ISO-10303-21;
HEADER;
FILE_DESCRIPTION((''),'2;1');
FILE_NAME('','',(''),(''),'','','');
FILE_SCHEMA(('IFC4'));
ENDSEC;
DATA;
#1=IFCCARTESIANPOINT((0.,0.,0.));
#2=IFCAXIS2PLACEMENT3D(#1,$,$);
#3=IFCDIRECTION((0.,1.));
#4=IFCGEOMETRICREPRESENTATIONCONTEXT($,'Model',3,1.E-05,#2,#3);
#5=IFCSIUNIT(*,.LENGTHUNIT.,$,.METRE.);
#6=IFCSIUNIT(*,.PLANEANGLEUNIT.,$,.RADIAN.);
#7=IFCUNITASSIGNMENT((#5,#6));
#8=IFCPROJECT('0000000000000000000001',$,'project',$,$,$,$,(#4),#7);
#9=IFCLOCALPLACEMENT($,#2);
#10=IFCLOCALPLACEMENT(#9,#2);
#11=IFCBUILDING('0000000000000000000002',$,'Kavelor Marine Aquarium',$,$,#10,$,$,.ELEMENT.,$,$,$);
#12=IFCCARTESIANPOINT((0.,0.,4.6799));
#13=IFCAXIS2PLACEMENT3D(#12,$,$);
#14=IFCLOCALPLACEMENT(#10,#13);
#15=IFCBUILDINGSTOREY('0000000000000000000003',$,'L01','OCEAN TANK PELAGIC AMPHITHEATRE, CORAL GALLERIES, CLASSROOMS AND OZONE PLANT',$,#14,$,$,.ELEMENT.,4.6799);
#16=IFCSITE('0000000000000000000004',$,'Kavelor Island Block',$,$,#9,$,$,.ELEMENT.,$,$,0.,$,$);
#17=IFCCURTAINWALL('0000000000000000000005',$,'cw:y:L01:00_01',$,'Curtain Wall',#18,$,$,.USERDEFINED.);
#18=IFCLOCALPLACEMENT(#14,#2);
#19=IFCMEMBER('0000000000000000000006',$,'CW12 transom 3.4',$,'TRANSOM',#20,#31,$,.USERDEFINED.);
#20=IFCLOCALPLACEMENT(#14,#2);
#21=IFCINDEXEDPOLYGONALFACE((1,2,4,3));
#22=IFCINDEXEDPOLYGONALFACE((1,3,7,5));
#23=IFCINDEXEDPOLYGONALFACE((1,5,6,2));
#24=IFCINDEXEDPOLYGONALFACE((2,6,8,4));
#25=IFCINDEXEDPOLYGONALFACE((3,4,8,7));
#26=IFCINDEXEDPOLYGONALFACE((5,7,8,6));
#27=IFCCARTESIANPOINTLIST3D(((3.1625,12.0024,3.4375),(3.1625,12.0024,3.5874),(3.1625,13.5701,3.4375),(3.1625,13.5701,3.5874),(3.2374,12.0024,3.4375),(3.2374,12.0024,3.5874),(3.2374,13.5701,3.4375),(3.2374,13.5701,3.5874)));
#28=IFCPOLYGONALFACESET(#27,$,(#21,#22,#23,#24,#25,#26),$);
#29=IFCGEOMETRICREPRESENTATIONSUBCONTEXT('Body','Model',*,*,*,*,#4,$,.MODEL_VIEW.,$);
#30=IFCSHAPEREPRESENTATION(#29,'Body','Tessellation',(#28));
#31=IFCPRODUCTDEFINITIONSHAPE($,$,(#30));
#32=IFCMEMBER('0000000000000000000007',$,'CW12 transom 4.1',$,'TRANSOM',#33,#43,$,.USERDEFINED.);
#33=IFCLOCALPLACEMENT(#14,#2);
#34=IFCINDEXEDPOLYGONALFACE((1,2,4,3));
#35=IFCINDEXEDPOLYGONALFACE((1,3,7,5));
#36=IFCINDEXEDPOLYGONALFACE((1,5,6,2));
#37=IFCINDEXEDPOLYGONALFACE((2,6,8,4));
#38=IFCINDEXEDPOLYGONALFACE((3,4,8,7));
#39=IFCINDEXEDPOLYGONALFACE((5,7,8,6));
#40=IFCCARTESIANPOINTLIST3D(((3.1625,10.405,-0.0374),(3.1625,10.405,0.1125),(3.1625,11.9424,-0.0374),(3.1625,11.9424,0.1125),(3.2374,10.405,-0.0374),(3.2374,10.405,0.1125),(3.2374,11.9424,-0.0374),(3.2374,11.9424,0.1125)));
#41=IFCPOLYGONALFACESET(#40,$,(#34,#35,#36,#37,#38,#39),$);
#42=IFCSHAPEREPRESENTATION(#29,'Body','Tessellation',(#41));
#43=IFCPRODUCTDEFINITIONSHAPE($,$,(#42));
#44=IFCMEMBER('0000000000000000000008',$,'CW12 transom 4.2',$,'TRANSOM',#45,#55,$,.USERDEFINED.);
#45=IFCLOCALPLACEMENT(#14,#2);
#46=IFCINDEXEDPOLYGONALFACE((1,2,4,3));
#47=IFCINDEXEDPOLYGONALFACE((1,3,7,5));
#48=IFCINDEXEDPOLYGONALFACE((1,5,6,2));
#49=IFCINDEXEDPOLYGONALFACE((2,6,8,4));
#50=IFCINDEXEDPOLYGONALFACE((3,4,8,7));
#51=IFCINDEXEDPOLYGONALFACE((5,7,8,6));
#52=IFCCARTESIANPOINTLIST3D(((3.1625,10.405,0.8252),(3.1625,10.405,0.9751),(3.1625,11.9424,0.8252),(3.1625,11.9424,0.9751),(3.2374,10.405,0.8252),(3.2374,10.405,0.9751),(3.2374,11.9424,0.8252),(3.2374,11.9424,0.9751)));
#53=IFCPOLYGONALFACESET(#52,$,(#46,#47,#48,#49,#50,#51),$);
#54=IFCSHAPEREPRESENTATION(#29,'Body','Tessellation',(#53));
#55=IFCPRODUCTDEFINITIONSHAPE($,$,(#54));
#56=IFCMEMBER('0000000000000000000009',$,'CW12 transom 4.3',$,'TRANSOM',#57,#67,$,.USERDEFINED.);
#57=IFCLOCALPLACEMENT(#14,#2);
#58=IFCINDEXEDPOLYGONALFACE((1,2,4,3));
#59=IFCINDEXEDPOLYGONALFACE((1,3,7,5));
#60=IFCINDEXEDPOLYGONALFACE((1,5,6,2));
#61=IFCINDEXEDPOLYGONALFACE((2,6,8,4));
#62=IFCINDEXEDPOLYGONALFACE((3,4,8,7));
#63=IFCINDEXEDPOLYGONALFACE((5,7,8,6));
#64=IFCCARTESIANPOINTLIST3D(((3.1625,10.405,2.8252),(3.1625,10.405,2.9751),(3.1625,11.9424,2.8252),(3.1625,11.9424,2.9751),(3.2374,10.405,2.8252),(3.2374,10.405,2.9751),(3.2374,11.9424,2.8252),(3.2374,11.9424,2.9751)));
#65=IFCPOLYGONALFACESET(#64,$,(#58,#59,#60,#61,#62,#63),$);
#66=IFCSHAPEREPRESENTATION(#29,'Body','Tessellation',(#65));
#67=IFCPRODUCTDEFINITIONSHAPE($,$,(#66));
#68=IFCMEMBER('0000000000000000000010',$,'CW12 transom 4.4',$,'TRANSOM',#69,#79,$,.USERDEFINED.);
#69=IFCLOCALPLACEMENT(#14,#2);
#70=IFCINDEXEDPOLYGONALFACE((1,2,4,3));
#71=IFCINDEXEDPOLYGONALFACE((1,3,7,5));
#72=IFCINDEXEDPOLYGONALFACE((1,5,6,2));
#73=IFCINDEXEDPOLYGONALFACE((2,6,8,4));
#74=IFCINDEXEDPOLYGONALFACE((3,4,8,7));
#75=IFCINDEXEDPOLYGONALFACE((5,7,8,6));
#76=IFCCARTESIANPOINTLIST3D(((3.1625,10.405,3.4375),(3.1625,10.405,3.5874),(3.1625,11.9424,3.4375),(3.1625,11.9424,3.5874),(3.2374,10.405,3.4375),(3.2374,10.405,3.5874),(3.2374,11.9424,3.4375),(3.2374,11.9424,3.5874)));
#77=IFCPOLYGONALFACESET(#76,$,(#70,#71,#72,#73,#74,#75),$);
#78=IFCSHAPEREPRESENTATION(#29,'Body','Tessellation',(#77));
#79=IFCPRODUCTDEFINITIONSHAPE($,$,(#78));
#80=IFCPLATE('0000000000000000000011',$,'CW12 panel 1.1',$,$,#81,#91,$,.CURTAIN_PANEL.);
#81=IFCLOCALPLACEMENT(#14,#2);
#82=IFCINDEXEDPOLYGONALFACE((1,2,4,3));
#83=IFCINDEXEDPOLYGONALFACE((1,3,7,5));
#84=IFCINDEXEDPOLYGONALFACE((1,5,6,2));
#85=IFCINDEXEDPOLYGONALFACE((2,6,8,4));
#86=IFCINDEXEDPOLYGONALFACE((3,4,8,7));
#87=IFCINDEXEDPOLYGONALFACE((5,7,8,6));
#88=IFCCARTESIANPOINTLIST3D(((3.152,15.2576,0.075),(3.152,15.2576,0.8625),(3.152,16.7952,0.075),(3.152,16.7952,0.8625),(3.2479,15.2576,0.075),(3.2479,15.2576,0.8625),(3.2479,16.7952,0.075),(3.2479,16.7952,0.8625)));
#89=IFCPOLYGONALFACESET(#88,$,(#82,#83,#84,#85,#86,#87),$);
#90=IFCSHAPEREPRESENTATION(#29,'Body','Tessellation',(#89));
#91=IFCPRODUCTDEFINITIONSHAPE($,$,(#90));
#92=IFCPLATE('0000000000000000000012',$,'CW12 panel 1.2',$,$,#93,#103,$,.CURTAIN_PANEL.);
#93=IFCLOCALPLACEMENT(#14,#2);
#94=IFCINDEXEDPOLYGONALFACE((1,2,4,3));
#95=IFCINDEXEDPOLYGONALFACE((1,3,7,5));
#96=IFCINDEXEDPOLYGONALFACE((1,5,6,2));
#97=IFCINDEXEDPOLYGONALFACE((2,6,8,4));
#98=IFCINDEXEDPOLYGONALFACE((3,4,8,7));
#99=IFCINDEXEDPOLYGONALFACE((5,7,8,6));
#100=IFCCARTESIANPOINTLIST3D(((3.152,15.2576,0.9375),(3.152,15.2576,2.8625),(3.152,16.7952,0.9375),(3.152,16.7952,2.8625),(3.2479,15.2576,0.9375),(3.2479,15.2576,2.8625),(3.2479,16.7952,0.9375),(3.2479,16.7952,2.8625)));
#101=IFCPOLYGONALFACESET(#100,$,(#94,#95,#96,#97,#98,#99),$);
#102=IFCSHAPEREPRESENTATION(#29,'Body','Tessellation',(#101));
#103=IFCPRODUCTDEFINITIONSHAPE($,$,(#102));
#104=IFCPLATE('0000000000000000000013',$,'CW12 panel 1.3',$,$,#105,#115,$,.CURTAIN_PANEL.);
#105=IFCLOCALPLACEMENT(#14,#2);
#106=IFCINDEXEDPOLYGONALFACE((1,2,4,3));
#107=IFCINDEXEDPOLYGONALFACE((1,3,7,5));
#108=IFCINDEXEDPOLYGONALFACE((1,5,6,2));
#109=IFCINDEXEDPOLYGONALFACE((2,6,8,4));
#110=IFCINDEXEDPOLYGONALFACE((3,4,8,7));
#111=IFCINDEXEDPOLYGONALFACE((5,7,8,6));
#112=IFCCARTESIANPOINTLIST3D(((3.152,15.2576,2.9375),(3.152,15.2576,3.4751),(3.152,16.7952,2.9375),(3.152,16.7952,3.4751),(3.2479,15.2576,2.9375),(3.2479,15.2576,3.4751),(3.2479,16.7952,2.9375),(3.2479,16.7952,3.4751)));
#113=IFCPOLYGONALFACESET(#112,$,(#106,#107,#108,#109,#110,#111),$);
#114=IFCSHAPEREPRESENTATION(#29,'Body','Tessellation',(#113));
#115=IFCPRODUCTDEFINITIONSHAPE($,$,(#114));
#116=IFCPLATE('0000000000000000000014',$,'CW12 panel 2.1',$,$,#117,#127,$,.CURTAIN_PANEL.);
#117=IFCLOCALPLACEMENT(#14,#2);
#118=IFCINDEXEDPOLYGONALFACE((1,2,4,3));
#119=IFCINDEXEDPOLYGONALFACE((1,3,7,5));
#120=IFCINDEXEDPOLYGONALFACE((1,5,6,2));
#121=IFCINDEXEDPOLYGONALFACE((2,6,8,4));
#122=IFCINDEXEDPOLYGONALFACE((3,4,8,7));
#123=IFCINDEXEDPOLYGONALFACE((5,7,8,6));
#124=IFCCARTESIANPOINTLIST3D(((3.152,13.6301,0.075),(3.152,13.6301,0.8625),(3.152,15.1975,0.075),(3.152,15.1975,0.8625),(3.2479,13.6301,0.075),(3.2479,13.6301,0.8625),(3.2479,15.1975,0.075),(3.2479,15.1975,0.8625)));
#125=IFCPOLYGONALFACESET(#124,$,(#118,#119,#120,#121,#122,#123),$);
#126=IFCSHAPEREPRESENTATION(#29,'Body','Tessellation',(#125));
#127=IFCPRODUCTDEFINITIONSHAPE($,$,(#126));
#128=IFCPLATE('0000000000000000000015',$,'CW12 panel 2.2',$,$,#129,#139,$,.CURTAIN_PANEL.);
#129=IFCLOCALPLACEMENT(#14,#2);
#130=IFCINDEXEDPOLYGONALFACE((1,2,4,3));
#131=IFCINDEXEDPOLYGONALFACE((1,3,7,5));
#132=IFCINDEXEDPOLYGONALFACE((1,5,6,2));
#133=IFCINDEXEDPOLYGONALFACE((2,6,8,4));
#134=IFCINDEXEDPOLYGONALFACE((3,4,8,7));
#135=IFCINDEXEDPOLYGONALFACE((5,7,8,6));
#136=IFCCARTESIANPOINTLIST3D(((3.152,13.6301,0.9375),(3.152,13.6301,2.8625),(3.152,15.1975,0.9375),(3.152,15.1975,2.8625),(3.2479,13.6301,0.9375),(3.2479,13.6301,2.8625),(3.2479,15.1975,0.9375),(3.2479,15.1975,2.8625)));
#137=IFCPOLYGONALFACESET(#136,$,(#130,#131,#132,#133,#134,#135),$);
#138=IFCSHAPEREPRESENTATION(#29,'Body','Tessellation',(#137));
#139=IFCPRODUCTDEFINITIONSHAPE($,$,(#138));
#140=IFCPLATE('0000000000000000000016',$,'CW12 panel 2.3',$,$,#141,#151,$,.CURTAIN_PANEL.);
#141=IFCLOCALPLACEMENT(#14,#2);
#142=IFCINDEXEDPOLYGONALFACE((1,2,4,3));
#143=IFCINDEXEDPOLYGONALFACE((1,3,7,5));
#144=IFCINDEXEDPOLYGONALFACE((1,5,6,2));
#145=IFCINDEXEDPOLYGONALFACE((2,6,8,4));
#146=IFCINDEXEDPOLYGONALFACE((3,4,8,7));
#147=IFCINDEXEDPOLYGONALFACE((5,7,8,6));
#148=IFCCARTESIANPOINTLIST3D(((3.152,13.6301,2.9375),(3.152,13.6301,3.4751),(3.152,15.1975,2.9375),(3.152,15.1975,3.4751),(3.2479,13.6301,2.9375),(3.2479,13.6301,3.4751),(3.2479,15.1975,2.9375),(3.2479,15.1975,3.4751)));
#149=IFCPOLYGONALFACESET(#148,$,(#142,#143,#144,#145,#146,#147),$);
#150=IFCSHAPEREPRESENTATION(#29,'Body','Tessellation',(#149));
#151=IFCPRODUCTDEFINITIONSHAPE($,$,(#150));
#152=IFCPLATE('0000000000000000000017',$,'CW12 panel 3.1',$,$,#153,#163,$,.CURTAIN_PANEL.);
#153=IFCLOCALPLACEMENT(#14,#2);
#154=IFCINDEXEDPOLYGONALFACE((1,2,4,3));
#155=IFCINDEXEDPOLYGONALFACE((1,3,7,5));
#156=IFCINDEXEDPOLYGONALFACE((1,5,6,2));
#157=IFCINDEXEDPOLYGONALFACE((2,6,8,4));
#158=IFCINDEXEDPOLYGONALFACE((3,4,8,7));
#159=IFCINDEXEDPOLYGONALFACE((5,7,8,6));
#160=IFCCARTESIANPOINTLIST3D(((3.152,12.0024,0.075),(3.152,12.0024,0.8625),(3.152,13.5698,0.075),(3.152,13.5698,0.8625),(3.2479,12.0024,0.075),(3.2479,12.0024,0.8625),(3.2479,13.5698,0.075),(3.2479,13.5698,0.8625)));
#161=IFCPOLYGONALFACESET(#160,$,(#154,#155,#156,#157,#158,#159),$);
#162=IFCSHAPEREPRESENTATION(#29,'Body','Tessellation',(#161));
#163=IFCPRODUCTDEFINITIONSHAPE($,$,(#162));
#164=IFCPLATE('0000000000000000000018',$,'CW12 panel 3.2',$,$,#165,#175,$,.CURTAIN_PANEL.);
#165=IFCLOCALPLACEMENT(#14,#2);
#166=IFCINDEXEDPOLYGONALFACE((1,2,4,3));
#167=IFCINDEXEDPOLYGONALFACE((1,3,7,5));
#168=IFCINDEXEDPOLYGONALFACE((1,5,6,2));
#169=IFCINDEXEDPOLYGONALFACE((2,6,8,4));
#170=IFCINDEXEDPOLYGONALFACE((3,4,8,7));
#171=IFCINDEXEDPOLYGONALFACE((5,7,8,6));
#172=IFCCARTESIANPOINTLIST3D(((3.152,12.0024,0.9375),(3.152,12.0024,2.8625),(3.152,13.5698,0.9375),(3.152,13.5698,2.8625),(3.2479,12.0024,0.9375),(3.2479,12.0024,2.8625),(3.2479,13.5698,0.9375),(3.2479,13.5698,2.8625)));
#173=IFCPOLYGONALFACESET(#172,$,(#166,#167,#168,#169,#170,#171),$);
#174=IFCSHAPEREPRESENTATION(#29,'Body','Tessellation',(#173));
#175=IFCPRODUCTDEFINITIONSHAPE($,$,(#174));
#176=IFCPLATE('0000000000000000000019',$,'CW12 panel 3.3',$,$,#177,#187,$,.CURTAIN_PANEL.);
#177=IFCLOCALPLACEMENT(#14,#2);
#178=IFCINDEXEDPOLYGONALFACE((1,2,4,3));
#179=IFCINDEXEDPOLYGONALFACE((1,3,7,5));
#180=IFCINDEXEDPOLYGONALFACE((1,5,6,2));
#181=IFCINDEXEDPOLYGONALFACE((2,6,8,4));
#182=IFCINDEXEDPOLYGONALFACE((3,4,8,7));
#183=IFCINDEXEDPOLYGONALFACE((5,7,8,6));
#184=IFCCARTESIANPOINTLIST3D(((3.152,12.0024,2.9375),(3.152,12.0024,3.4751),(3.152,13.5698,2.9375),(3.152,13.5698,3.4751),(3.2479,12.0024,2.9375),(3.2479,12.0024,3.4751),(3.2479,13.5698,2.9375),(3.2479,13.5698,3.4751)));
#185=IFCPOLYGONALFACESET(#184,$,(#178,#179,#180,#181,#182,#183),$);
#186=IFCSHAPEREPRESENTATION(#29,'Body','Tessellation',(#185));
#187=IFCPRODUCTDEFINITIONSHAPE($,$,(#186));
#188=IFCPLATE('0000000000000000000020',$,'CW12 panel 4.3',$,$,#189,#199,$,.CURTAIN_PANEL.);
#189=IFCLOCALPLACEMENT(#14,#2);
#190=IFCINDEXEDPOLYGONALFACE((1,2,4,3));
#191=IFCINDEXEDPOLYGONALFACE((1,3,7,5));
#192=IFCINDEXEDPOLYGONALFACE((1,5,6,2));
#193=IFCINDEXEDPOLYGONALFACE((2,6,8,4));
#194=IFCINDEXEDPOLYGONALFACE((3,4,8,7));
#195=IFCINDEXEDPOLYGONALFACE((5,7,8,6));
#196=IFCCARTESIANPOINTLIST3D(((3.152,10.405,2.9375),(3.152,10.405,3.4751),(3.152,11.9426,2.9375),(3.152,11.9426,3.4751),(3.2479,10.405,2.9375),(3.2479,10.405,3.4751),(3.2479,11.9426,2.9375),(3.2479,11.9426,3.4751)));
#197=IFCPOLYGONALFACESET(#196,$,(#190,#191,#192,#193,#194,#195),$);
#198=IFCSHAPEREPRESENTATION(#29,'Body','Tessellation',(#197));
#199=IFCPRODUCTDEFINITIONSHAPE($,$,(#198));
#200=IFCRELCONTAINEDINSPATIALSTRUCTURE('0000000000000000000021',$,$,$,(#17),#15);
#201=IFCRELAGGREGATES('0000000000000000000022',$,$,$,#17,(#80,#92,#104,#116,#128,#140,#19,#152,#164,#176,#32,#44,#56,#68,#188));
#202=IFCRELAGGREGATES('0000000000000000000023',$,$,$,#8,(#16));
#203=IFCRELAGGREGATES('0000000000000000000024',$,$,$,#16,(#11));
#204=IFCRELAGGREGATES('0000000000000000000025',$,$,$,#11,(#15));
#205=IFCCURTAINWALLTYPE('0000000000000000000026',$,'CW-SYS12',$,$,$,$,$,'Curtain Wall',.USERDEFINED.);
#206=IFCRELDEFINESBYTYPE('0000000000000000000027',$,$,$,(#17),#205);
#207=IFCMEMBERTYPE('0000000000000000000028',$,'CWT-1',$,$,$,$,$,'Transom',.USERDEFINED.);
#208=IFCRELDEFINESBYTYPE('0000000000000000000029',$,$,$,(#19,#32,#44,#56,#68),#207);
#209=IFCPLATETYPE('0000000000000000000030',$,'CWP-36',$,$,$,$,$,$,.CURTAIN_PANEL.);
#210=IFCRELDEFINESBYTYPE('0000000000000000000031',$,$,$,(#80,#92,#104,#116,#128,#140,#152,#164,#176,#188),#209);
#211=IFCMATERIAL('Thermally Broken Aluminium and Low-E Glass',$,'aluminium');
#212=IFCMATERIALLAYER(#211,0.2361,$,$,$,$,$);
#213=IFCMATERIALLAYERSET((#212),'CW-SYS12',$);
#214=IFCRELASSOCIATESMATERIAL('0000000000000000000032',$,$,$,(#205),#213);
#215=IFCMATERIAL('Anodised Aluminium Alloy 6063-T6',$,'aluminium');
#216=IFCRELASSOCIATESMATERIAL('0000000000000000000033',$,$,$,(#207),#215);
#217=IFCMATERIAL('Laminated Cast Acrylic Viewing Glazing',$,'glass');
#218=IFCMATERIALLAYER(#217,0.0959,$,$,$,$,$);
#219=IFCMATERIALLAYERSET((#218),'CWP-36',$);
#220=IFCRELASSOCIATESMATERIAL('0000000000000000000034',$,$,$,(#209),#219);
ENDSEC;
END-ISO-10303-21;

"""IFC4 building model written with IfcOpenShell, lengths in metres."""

from ifc_helpers import new_model, si_unit, direction, frame, origin, origin_2d, place, context, subcontext, project, spatial, rectangle, extrude, material, layer, layer_set, material_profile, profile_set, type_object, element, aggregate, save


model = new_model("IFC4")

# Units and contexts
model_context = context("Model", 3, precision=1e-05, world=origin(), true_north=direction((0.0, 1.0)))
body_context = subcontext(model_context, "Body", "Model", "MODEL_VIEW")
ifc_project = project(units=[si_unit("LENGTHUNIT", "METRE"), si_unit("PLANEANGLEUNIT", "RADIAN")], contexts=[model_context])

# Site, building, storey
site_placement = place(None, origin())
site = spatial("IfcSite", under=ifc_project, at=site_placement, Name="Kavelor Island Block", CompositionType="ELEMENT", RefElevation=0.0)
building_placement = place(site_placement, origin())
building = spatial("IfcBuilding", under=site, at=building_placement, Name="Kavelor Marine Aquarium", CompositionType="ELEMENT")
storey_placement = place(building_placement, frame((0.0, 0.0, 4.6799)))
storey = spatial("IfcBuildingStorey", under=building, at=storey_placement, Name="L01", Description="OCEAN TANK PELAGIC AMPHITHEATRE, CORAL GALLERIES, CLASSROOMS AND OZONE PLANT", CompositionType="ELEMENT", Elevation=4.6799)

# Curtain wall, members, plates
ifc_material_1 = material(Name="Thermally Broken Aluminium and Low-E Glass", Category="aluminium")
ifc_layer_1 = layer(ifc_material_1, 0.2361)
ifc_layer_set_1 = layer_set([ifc_layer_1], Name="CW-SYS12")
curtain_wall_type = type_object("IfcCurtainWallType", Name="CW-SYS12", ElementType="Curtain Wall", PredefinedType="USERDEFINED", material=ifc_layer_set_1)
curtain_wall_placement = place(storey_placement, origin())
curtain_wall = element("IfcCurtainWall", 1, at=curtain_wall_placement, inside=storey, type_object=curtain_wall_type, Name="cw:y:L01:00_01", ObjectType="Curtain Wall", PredefinedType="USERDEFINED")
ifc_material_2 = material(Name="Anodised Aluminium Alloy 6063-T6", Category="aluminium")
ifc_material_profile_1 = material_profile(ifc_material_2, rectangle(XDim=0.075, YDim=0.1499, at=origin_2d()), Name="CW-TRN 75x150")
ifc_profile_set_1 = profile_set([ifc_material_profile_1], Name="Anodised Aluminium Alloy 6063-T6")
member_type_1 = type_object("IfcMemberType", Name="CWT-1", ElementType="Transom", PredefinedType="USERDEFINED", material=ifc_profile_set_1)
member_1_placement = place(storey_placement, frame((3.2, 13.5701, 3.5125), z_axis=(0.0, -1.0, 0.0), x_axis=(1.0, 0.0, 0.0)))
member_1 = element("IfcMember", 2, at=member_1_placement, type_object=member_type_1, Name="CW12 transom 3.4", ObjectType="TRANSOM", PredefinedType="USERDEFINED", context=body_context, shape_type="SweptSolid", body=[
    extrude(rectangle(XDim=0.075, YDim=0.1499, at=origin_2d()), origin(), (0.0, 0.0, 1.0), 1.5676),
])
member_2_placement = place(storey_placement, frame((3.2, 11.9424, 0.0376), z_axis=(0.0, -1.0, 0.0), x_axis=(1.0, 0.0, 0.0)))
member_2 = element("IfcMember", 3, at=member_2_placement, type_object=member_type_1, Name="CW12 transom 4.1", ObjectType="TRANSOM", PredefinedType="USERDEFINED", context=body_context, shape_type="SweptSolid", body=[
    extrude(rectangle(XDim=0.075, YDim=0.1499, at=origin_2d()), origin(), (0.0, 0.0, 1.0), 1.5374),
])
member_3_placement = place(storey_placement, frame((3.2, 11.9424, 0.9001), z_axis=(0.0, -1.0, 0.0), x_axis=(1.0, 0.0, 0.0)))
member_3 = element("IfcMember", 4, at=member_3_placement, type_object=member_type_1, Name="CW12 transom 4.2", ObjectType="TRANSOM", PredefinedType="USERDEFINED", context=body_context, shape_type="SweptSolid", body=[
    extrude(rectangle(XDim=0.075, YDim=0.1499, at=origin_2d()), origin(), (0.0, 0.0, 1.0), 1.5374),
])
member_4_placement = place(storey_placement, frame((3.2, 11.9424, 2.9001), z_axis=(0.0, -1.0, 0.0), x_axis=(1.0, 0.0, 0.0)))
member_4 = element("IfcMember", 5, at=member_4_placement, type_object=member_type_1, Name="CW12 transom 4.3", ObjectType="TRANSOM", PredefinedType="USERDEFINED", context=body_context, shape_type="SweptSolid", body=[
    extrude(rectangle(XDim=0.075, YDim=0.1499, at=origin_2d()), origin(), (0.0, 0.0, 1.0), 1.5374),
])
member_5_placement = place(storey_placement, frame((3.2, 11.9424, 3.5125), z_axis=(0.0, -1.0, 0.0), x_axis=(1.0, 0.0, 0.0)))
member_5 = element("IfcMember", 6, at=member_5_placement, type_object=member_type_1, Name="CW12 transom 4.4", ObjectType="TRANSOM", PredefinedType="USERDEFINED", context=body_context, shape_type="SweptSolid", body=[
    extrude(rectangle(XDim=0.075, YDim=0.1499, at=origin_2d()), origin(), (0.0, 0.0, 1.0), 1.5374),
])
ifc_material_3 = material(Name="Laminated Cast Acrylic Viewing Glazing", Category="glass")
ifc_layer_2 = layer(ifc_material_3, 0.0959)
ifc_layer_set_2 = layer_set([ifc_layer_2], Name="CWP-36")
plate_type = type_object("IfcPlateType", Name="CWP-36", PredefinedType="CURTAIN_PANEL", material=ifc_layer_set_2)
plate_1_placement = place(storey_placement, frame((3.2, 16.0264, 0.075), z_axis=(0.0, 0.0, 1.0), x_axis=(0.0, -1.0, 0.0)))
plate_1 = element("IfcPlate", 7, at=plate_1_placement, type_object=plate_type, Name="CW12 panel 1.1", PredefinedType="CURTAIN_PANEL", context=body_context, shape_type="SweptSolid", body=[
    extrude(rectangle(XDim=1.5376, YDim=0.0959, at=origin_2d()), origin(), (0.0, 0.0, 1.0), 0.7876),
])
plate_2_placement = place(storey_placement, frame((3.2, 16.0264, 0.9375), z_axis=(0.0, 0.0, 1.0), x_axis=(0.0, -1.0, 0.0)))
plate_2 = element("IfcPlate", 8, at=plate_2_placement, type_object=plate_type, Name="CW12 panel 1.2", PredefinedType="CURTAIN_PANEL", context=body_context, shape_type="SweptSolid", body=[
    extrude(rectangle(XDim=1.5376, YDim=0.0959, at=origin_2d()), origin(), (0.0, 0.0, 1.0), 1.925),
])
plate_3_placement = place(storey_placement, frame((3.2, 16.0264, 2.9375), z_axis=(0.0, 0.0, 1.0), x_axis=(0.0, -1.0, 0.0)))
plate_3 = element("IfcPlate", 9, at=plate_3_placement, type_object=plate_type, Name="CW12 panel 1.3", PredefinedType="CURTAIN_PANEL", context=body_context, shape_type="SweptSolid", body=[
    extrude(rectangle(XDim=1.5376, YDim=0.0959, at=origin_2d()), origin(), (0.0, 0.0, 1.0), 0.5376),
])
plate_4_placement = place(storey_placement, frame((3.2, 14.4138, 0.075), z_axis=(0.0, 0.0, 1.0), x_axis=(0.0, -1.0, 0.0)))
plate_4 = element("IfcPlate", 10, at=plate_4_placement, type_object=plate_type, Name="CW12 panel 2.1", PredefinedType="CURTAIN_PANEL", context=body_context, shape_type="SweptSolid", body=[
    extrude(rectangle(XDim=1.5674, YDim=0.0959, at=origin_2d()), origin(), (0.0, 0.0, 1.0), 0.7876),
])
plate_5_placement = place(storey_placement, frame((3.2, 14.4138, 0.9375), z_axis=(0.0, 0.0, 1.0), x_axis=(0.0, -1.0, 0.0)))
plate_5 = element("IfcPlate", 11, at=plate_5_placement, type_object=plate_type, Name="CW12 panel 2.2", PredefinedType="CURTAIN_PANEL", context=body_context, shape_type="SweptSolid", body=[
    extrude(rectangle(XDim=1.5674, YDim=0.0959, at=origin_2d()), origin(), (0.0, 0.0, 1.0), 1.925),
])
plate_6_placement = place(storey_placement, frame((3.2, 14.4138, 2.9375), z_axis=(0.0, 0.0, 1.0), x_axis=(0.0, -1.0, 0.0)))
plate_6 = element("IfcPlate", 12, at=plate_6_placement, type_object=plate_type, Name="CW12 panel 2.3", PredefinedType="CURTAIN_PANEL", context=body_context, shape_type="SweptSolid", body=[
    extrude(rectangle(XDim=1.5674, YDim=0.0959, at=origin_2d()), origin(), (0.0, 0.0, 1.0), 0.5376),
])
plate_7_placement = place(storey_placement, frame((3.2, 12.7861, 0.075), z_axis=(0.0, 0.0, 1.0), x_axis=(0.0, -1.0, 0.0)))
plate_7 = element("IfcPlate", 13, at=plate_7_placement, type_object=plate_type, Name="CW12 panel 3.1", PredefinedType="CURTAIN_PANEL", context=body_context, shape_type="SweptSolid", body=[
    extrude(rectangle(XDim=1.5674, YDim=0.0959, at=origin_2d()), origin(), (0.0, 0.0, 1.0), 0.7876),
])
plate_8_placement = place(storey_placement, frame((3.2, 12.7861, 0.9375), z_axis=(0.0, 0.0, 1.0), x_axis=(0.0, -1.0, 0.0)))
plate_8 = element("IfcPlate", 14, at=plate_8_placement, type_object=plate_type, Name="CW12 panel 3.2", PredefinedType="CURTAIN_PANEL", context=body_context, shape_type="SweptSolid", body=[
    extrude(rectangle(XDim=1.5674, YDim=0.0959, at=origin_2d()), origin(), (0.0, 0.0, 1.0), 1.925),
])
plate_9_placement = place(storey_placement, frame((3.2, 12.7861, 2.9375), z_axis=(0.0, 0.0, 1.0), x_axis=(0.0, -1.0, 0.0)))
plate_9 = element("IfcPlate", 15, at=plate_9_placement, type_object=plate_type, Name="CW12 panel 3.3", PredefinedType="CURTAIN_PANEL", context=body_context, shape_type="SweptSolid", body=[
    extrude(rectangle(XDim=1.5674, YDim=0.0959, at=origin_2d()), origin(), (0.0, 0.0, 1.0), 0.5376),
])
plate_10_placement = place(storey_placement, frame((3.2, 11.1738, 2.9375), z_axis=(0.0, 0.0, 1.0), x_axis=(0.0, -1.0, 0.0)))
plate_10 = element("IfcPlate", 16, at=plate_10_placement, type_object=plate_type, Name="CW12 panel 4.3", PredefinedType="CURTAIN_PANEL", context=body_context, shape_type="SweptSolid", body=[
    extrude(rectangle(XDim=1.5376, YDim=0.0959, at=origin_2d()), origin(), (0.0, 0.0, 1.0), 0.5376),
])
aggregate(curtain_wall, [plate_1, plate_2, plate_3, plate_4, plate_5, plate_6, member_1, plate_7, plate_8, plate_9, member_2, member_3, member_4, member_5, plate_10])

save(model, "model.ifc")
